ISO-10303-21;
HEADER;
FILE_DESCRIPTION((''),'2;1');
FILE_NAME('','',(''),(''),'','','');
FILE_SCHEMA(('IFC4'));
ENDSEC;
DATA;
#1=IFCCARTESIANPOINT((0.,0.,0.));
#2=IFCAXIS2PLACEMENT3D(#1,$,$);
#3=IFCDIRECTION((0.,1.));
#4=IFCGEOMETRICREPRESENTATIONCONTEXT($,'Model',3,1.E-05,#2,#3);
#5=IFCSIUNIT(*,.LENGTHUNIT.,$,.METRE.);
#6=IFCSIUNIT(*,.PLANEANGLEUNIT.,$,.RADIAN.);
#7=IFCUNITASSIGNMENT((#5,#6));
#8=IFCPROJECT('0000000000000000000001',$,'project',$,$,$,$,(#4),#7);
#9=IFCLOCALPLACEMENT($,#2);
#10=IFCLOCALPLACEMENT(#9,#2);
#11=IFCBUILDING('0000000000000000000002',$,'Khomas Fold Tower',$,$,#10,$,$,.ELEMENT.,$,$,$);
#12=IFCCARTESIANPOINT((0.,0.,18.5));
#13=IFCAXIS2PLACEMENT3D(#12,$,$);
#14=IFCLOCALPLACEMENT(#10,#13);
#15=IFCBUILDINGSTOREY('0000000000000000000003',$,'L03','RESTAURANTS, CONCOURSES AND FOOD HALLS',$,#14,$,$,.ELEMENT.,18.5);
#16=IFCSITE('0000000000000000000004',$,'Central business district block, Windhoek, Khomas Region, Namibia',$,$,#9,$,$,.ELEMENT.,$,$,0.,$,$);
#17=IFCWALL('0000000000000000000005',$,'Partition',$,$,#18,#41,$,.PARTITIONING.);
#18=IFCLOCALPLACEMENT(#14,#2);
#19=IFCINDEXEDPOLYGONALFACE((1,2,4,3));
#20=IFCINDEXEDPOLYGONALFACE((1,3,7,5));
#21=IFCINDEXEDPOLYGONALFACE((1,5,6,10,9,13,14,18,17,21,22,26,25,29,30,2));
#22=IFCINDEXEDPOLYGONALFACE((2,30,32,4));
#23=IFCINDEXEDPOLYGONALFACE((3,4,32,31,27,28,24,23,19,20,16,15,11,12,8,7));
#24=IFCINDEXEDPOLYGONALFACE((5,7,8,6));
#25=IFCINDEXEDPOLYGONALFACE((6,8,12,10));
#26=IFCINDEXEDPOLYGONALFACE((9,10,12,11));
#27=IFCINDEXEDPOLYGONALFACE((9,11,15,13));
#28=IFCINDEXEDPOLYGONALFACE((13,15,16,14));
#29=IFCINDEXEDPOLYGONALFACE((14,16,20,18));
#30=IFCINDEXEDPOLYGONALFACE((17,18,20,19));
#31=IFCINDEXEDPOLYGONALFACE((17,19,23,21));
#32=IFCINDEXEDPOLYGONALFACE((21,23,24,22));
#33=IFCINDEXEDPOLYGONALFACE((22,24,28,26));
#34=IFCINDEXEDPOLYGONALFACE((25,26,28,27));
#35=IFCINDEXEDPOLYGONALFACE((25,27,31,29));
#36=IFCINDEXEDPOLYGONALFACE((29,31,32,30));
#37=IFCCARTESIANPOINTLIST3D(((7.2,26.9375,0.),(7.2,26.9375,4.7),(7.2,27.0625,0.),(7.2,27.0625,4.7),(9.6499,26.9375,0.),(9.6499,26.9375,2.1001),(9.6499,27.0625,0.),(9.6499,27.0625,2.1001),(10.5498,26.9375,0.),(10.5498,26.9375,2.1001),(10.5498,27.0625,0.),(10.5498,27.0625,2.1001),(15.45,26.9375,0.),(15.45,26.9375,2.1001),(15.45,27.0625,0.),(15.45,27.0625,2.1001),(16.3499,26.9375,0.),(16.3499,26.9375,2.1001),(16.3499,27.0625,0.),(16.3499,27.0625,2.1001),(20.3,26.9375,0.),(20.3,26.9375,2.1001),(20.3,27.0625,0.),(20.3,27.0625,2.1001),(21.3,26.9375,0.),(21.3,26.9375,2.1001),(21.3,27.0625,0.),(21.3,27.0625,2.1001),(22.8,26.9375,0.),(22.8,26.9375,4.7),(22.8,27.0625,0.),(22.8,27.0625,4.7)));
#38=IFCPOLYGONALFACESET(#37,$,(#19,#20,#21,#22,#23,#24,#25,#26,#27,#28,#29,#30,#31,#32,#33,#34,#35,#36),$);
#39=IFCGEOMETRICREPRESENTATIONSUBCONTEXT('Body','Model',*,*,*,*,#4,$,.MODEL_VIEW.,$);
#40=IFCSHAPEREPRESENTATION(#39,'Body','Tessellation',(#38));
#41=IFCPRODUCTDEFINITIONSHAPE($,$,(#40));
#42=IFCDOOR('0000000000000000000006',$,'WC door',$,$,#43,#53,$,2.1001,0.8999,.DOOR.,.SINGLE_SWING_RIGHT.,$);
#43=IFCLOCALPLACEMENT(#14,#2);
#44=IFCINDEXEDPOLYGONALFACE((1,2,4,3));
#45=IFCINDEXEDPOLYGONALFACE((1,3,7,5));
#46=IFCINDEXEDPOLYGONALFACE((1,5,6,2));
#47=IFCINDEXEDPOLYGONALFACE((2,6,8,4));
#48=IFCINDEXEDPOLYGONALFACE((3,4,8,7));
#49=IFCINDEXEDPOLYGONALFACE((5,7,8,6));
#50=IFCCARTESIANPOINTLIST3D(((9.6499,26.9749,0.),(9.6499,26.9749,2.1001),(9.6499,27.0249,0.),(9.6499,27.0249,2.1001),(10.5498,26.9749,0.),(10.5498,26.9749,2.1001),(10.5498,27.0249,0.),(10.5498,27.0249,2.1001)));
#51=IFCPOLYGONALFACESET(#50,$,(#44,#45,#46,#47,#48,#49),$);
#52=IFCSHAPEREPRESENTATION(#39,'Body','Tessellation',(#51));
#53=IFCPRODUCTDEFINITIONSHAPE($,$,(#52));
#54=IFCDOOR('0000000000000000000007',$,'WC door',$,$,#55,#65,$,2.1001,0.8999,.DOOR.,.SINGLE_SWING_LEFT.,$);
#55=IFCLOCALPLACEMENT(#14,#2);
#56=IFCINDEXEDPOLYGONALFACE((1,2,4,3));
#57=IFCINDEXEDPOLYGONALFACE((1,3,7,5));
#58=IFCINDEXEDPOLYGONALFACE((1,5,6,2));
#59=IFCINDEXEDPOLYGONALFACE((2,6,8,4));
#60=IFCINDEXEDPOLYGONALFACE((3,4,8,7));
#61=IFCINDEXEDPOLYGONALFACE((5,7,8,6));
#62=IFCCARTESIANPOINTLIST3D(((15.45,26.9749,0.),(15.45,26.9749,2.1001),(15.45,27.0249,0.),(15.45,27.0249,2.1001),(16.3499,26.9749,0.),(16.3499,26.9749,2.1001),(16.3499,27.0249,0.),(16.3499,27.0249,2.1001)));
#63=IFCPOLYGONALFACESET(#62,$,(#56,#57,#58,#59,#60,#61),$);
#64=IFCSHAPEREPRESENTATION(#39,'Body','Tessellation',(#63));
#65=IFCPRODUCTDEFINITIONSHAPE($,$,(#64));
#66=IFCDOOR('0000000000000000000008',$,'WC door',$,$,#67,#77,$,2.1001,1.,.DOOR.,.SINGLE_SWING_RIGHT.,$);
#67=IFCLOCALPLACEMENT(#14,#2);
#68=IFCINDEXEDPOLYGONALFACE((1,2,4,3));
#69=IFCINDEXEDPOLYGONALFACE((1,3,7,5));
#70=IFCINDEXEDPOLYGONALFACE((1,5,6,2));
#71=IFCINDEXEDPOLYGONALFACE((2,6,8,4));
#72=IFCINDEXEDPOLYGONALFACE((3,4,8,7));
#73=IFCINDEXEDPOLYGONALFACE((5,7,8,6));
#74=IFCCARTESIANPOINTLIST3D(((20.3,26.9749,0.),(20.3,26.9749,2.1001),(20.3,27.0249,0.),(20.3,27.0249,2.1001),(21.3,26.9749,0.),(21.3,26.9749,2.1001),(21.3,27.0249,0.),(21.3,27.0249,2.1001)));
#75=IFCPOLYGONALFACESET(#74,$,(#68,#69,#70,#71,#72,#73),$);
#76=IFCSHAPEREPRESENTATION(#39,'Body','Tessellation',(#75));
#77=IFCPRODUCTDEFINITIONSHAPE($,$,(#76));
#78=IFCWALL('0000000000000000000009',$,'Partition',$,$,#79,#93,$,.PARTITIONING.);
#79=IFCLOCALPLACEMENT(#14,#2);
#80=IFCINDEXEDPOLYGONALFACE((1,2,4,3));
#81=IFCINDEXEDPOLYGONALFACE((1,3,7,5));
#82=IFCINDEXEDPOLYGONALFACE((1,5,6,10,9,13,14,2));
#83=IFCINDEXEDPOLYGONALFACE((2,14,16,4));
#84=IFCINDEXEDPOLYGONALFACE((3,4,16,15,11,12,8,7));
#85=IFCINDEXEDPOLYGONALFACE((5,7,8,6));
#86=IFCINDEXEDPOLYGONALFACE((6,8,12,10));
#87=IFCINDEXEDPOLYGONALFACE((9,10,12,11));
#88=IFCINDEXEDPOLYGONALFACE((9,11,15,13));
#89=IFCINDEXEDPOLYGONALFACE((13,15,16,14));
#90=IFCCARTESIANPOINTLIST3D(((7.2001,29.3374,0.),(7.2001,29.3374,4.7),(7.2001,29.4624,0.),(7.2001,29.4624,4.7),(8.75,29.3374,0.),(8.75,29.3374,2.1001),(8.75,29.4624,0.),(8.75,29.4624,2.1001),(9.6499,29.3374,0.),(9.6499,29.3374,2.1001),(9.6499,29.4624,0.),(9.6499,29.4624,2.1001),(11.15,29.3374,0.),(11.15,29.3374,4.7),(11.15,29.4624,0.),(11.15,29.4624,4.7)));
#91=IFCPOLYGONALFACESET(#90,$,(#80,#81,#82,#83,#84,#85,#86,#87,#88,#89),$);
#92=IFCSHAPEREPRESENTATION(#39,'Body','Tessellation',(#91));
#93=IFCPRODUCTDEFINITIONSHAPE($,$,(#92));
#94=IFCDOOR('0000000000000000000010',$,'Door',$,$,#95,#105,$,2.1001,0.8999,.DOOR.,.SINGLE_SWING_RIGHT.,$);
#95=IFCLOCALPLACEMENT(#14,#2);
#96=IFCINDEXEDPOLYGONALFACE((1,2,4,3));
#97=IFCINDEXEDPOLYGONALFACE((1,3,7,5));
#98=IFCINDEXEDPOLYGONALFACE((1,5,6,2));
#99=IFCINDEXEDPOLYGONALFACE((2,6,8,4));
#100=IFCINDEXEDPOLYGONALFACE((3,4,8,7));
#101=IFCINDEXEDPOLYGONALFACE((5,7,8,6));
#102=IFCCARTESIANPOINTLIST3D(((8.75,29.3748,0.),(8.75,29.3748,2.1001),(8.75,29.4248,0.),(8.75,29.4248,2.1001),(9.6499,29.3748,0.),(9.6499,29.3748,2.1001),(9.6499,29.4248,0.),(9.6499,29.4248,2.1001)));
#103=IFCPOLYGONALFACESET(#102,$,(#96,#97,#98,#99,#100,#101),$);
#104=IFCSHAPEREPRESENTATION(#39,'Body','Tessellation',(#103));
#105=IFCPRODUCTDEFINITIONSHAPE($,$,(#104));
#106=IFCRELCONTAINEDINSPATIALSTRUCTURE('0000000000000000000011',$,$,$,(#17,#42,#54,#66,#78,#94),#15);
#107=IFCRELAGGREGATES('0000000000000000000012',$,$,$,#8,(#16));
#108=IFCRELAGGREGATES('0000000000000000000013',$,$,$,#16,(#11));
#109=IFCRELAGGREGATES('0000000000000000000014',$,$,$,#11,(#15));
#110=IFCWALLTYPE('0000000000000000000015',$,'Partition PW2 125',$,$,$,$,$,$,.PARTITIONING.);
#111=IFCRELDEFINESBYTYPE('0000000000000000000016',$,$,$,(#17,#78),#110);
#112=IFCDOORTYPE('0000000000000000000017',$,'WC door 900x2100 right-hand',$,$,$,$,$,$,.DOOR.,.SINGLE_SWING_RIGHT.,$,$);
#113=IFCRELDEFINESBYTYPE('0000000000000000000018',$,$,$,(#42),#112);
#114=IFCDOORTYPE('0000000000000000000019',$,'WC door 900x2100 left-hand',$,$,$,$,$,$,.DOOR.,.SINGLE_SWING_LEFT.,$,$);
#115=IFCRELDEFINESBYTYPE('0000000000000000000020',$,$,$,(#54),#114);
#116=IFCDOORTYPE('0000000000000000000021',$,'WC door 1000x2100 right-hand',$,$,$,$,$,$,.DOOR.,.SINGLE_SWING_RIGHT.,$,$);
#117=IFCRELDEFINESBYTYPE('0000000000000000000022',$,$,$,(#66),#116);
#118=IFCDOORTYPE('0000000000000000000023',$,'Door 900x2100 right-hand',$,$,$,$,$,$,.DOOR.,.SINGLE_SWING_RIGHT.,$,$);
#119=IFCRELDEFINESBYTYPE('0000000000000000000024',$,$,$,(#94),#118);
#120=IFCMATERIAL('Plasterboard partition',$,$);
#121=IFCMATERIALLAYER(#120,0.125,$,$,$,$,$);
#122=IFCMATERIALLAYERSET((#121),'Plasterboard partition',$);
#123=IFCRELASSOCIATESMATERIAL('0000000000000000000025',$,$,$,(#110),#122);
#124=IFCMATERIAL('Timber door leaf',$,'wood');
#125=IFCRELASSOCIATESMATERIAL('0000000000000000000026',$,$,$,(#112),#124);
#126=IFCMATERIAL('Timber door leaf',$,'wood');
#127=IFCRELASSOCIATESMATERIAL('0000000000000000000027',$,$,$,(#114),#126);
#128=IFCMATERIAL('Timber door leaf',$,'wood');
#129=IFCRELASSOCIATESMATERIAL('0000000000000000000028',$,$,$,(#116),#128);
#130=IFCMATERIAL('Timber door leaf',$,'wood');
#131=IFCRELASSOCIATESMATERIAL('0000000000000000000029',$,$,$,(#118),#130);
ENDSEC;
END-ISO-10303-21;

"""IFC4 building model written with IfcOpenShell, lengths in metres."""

from ifc_helpers import new_model, si_unit, direction, frame, frame_2d, origin, place, context, subcontext, project, spatial, rectangle, extrude, source, transform, mapped, material, layer, layer_set, type_object, element, fill, save


model = new_model("IFC4")

# Units and contexts
model_context = context("Model", 3, precision=1e-05, world=origin(), true_north=direction((0.0, 1.0)))
body_context = subcontext(model_context, "Body", "Model", "MODEL_VIEW")
ifc_project = project(units=[si_unit("LENGTHUNIT", "METRE"), si_unit("PLANEANGLEUNIT", "RADIAN")], contexts=[model_context])

# Site, building, storey
site_placement = place(None, origin())
site = spatial("IfcSite", under=ifc_project, at=site_placement, Name="Central business district block, Windhoek, Khomas Region, Namibia", CompositionType="ELEMENT", RefElevation=0.0)
building_placement = place(site_placement, origin())
building = spatial("IfcBuilding", under=site, at=building_placement, Name="Khomas Fold Tower", CompositionType="ELEMENT")
storey_placement = place(building_placement, frame((0.0, 0.0, 18.5)))
storey = spatial("IfcBuildingStorey", under=building, at=storey_placement, Name="L03", Description="RESTAURANTS, CONCOURSES AND FOOD HALLS", CompositionType="ELEMENT", Elevation=18.5)

# Wall, openings, doors
ifc_material_1 = material(Name="Plasterboard partition")
ifc_layer_1 = layer(ifc_material_1, 0.125)
ifc_layer_set_1 = layer_set([ifc_layer_1], Name="Plasterboard partition")
wall_type_1 = type_object("IfcWallType", Name="Partition PW2 125", PredefinedType="PARTITIONING", material=ifc_layer_set_1)
shared_shape_1 = source(origin(), body_context, "Body", "SweptSolid", [
    extrude(rectangle(XDim=15.6001, YDim=0.125, at=frame_2d((7.8, 0.0))), origin(), (0.0, 0.0, 1.0), 4.7),
])
wall_1_placement = place(storey_placement, frame((7.2, 27.0, 0.0), z_axis=(0.0, 0.0, 1.0), x_axis=(1.0, 0.0, 0.0)))
wall_1 = element("IfcWall", 1, at=wall_1_placement, inside=storey, type_object=wall_type_1, Name="Partition", PredefinedType="PARTITIONING", context=body_context, shape_type="MappedRepresentation", body=[
    mapped(shared_shape_1, transform((0.0, 0.0, 0.0))),
])
shared_shape_2 = source(origin(), body_context, "Body", "SweptSolid", [
    extrude(rectangle(XDim=0.8999, YDim=2.1001, at=frame_2d((0.45, 1.05))), frame((0.0, 0.0725, 0.0), z_axis=(0.0, -1.0, 0.0), x_axis=(1.0, 0.0, 0.0)), (0.0, 0.0, 1.0), 0.145),
])
opening_1_placement = place(wall_1_placement, frame((2.45, 0.0, 0.0)))
opening_1 = element("IfcOpeningElement", 2, at=opening_1_placement, cuts=wall_1, PredefinedType="OPENING", context=body_context, shape_type="MappedRepresentation", body=[
    mapped(shared_shape_2, transform((0.0, 0.0, 0.0))),
])
opening_2_placement = place(wall_1_placement, frame((8.25, 0.0, 0.0)))
opening_2 = element("IfcOpeningElement", 3, at=opening_2_placement, cuts=wall_1, PredefinedType="OPENING", context=body_context, shape_type="MappedRepresentation", body=[
    mapped(shared_shape_2, transform((0.0, 0.0, 0.0))),
])
shared_shape_3 = source(origin(), body_context, "Body", "SweptSolid", [
    extrude(rectangle(XDim=1.0, YDim=2.1001, at=frame_2d((0.5, 1.05))), frame((0.0, 0.0725, 0.0), z_axis=(0.0, -1.0, 0.0), x_axis=(1.0, 0.0, 0.0)), (0.0, 0.0, 1.0), 0.145),
])
opening_3_placement = place(wall_1_placement, frame((13.1001, 0.0, 0.0)))
opening_3 = element("IfcOpeningElement", 4, at=opening_3_placement, cuts=wall_1, PredefinedType="OPENING", context=body_context, shape_type="MappedRepresentation", body=[
    mapped(shared_shape_3, transform((0.0, 0.0, 0.0))),
])
ifc_material_2 = material(Name="Timber door leaf", Category="wood")
door_type_1 = type_object("IfcDoorType", Name="WC door 900x2100 right-hand", OperationType="SINGLE_SWING_RIGHT", PredefinedType="DOOR", material=ifc_material_2)
shared_shape_4 = source(origin(), body_context, "Body", "SweptSolid", [
    extrude(rectangle(XDim=0.8999, YDim=2.1001, at=frame_2d((0.45, 1.05))), frame((0.0, 0.0249, 0.0), z_axis=(0.0, -1.0, 0.0), x_axis=(1.0, 0.0, 0.0)), (0.0, 0.0, 1.0), 0.05),
])
door_1_placement = place(opening_1_placement, origin())
door_1 = element("IfcDoor", 5, at=door_1_placement, inside=storey, type_object=door_type_1, Name="WC door", OperationType="SINGLE_SWING_RIGHT", OverallHeight=2.1001, OverallWidth=0.8999, PredefinedType="DOOR", context=body_context, shape_type="MappedRepresentation", body=[
    mapped(shared_shape_4, transform((0.0, 0.0, 0.0))),
])
fill(opening_1, door_1)
ifc_material_3 = material(Name="Timber door leaf", Category="wood")
door_type_2 = type_object("IfcDoorType", Name="WC door 900x2100 left-hand", OperationType="SINGLE_SWING_LEFT", PredefinedType="DOOR", material=ifc_material_3)
door_2_placement = place(opening_2_placement, origin())
door_2 = element("IfcDoor", 6, at=door_2_placement, inside=storey, type_object=door_type_2, Name="WC door", OperationType="SINGLE_SWING_LEFT", OverallHeight=2.1001, OverallWidth=0.8999, PredefinedType="DOOR", context=body_context, shape_type="MappedRepresentation", body=[
    mapped(shared_shape_4, transform((0.0, 0.0, 0.0))),
])
fill(opening_2, door_2)
ifc_material_4 = material(Name="Timber door leaf", Category="wood")
door_type_3 = type_object("IfcDoorType", Name="WC door 1000x2100 right-hand", OperationType="SINGLE_SWING_RIGHT", PredefinedType="DOOR", material=ifc_material_4)
shared_shape_5 = source(origin(), body_context, "Body", "SweptSolid", [
    extrude(rectangle(XDim=1.0, YDim=2.1001, at=frame_2d((0.5, 1.05))), frame((0.0, 0.0249, 0.0), z_axis=(0.0, -1.0, 0.0), x_axis=(1.0, 0.0, 0.0)), (0.0, 0.0, 1.0), 0.05),
])
door_3_placement = place(opening_3_placement, origin())
door_3 = element("IfcDoor", 7, at=door_3_placement, inside=storey, type_object=door_type_3, Name="WC door", OperationType="SINGLE_SWING_RIGHT", OverallHeight=2.1001, OverallWidth=1.0, PredefinedType="DOOR", context=body_context, shape_type="MappedRepresentation", body=[
    mapped(shared_shape_5, transform((0.0, 0.0, 0.0))),
])
fill(opening_3, door_3)

# Wall, opening, door
shared_shape_6 = source(origin(), body_context, "Body", "SweptSolid", [
    extrude(rectangle(XDim=3.95, YDim=0.125, at=frame_2d((1.9751, 0.0))), origin(), (0.0, 0.0, 1.0), 4.7),
])
wall_2_placement = place(storey_placement, frame((7.2, 29.3999, 0.0), z_axis=(0.0, 0.0, 1.0), x_axis=(1.0, 0.0, 0.0)))
wall_2 = element("IfcWall", 8, at=wall_2_placement, inside=storey, type_object=wall_type_1, Name="Partition", PredefinedType="PARTITIONING", context=body_context, shape_type="MappedRepresentation", body=[
    mapped(shared_shape_6, transform((0.0, 0.0, 0.0))),
])
opening_4_placement = place(wall_2_placement, frame((1.55, 0.0, 0.0)))
opening_4 = element("IfcOpeningElement", 9, at=opening_4_placement, cuts=wall_2, PredefinedType="OPENING", context=body_context, shape_type="MappedRepresentation", body=[
    mapped(shared_shape_2, transform((0.0, 0.0, 0.0))),
])
ifc_material_5 = material(Name="Timber door leaf", Category="wood")
door_type_4 = type_object("IfcDoorType", Name="Door 900x2100 right-hand", OperationType="SINGLE_SWING_RIGHT", PredefinedType="DOOR", material=ifc_material_5)
door_4_placement = place(opening_4_placement, origin())
door_4 = element("IfcDoor", 10, at=door_4_placement, inside=storey, type_object=door_type_4, Name="Door", OperationType="SINGLE_SWING_RIGHT", OverallHeight=2.1001, OverallWidth=0.8999, PredefinedType="DOOR", context=body_context, shape_type="MappedRepresentation", body=[
    mapped(shared_shape_4, transform((0.0, 0.0, 0.0))),
])
fill(opening_4, door_4)

save(model, "model.ifc")
